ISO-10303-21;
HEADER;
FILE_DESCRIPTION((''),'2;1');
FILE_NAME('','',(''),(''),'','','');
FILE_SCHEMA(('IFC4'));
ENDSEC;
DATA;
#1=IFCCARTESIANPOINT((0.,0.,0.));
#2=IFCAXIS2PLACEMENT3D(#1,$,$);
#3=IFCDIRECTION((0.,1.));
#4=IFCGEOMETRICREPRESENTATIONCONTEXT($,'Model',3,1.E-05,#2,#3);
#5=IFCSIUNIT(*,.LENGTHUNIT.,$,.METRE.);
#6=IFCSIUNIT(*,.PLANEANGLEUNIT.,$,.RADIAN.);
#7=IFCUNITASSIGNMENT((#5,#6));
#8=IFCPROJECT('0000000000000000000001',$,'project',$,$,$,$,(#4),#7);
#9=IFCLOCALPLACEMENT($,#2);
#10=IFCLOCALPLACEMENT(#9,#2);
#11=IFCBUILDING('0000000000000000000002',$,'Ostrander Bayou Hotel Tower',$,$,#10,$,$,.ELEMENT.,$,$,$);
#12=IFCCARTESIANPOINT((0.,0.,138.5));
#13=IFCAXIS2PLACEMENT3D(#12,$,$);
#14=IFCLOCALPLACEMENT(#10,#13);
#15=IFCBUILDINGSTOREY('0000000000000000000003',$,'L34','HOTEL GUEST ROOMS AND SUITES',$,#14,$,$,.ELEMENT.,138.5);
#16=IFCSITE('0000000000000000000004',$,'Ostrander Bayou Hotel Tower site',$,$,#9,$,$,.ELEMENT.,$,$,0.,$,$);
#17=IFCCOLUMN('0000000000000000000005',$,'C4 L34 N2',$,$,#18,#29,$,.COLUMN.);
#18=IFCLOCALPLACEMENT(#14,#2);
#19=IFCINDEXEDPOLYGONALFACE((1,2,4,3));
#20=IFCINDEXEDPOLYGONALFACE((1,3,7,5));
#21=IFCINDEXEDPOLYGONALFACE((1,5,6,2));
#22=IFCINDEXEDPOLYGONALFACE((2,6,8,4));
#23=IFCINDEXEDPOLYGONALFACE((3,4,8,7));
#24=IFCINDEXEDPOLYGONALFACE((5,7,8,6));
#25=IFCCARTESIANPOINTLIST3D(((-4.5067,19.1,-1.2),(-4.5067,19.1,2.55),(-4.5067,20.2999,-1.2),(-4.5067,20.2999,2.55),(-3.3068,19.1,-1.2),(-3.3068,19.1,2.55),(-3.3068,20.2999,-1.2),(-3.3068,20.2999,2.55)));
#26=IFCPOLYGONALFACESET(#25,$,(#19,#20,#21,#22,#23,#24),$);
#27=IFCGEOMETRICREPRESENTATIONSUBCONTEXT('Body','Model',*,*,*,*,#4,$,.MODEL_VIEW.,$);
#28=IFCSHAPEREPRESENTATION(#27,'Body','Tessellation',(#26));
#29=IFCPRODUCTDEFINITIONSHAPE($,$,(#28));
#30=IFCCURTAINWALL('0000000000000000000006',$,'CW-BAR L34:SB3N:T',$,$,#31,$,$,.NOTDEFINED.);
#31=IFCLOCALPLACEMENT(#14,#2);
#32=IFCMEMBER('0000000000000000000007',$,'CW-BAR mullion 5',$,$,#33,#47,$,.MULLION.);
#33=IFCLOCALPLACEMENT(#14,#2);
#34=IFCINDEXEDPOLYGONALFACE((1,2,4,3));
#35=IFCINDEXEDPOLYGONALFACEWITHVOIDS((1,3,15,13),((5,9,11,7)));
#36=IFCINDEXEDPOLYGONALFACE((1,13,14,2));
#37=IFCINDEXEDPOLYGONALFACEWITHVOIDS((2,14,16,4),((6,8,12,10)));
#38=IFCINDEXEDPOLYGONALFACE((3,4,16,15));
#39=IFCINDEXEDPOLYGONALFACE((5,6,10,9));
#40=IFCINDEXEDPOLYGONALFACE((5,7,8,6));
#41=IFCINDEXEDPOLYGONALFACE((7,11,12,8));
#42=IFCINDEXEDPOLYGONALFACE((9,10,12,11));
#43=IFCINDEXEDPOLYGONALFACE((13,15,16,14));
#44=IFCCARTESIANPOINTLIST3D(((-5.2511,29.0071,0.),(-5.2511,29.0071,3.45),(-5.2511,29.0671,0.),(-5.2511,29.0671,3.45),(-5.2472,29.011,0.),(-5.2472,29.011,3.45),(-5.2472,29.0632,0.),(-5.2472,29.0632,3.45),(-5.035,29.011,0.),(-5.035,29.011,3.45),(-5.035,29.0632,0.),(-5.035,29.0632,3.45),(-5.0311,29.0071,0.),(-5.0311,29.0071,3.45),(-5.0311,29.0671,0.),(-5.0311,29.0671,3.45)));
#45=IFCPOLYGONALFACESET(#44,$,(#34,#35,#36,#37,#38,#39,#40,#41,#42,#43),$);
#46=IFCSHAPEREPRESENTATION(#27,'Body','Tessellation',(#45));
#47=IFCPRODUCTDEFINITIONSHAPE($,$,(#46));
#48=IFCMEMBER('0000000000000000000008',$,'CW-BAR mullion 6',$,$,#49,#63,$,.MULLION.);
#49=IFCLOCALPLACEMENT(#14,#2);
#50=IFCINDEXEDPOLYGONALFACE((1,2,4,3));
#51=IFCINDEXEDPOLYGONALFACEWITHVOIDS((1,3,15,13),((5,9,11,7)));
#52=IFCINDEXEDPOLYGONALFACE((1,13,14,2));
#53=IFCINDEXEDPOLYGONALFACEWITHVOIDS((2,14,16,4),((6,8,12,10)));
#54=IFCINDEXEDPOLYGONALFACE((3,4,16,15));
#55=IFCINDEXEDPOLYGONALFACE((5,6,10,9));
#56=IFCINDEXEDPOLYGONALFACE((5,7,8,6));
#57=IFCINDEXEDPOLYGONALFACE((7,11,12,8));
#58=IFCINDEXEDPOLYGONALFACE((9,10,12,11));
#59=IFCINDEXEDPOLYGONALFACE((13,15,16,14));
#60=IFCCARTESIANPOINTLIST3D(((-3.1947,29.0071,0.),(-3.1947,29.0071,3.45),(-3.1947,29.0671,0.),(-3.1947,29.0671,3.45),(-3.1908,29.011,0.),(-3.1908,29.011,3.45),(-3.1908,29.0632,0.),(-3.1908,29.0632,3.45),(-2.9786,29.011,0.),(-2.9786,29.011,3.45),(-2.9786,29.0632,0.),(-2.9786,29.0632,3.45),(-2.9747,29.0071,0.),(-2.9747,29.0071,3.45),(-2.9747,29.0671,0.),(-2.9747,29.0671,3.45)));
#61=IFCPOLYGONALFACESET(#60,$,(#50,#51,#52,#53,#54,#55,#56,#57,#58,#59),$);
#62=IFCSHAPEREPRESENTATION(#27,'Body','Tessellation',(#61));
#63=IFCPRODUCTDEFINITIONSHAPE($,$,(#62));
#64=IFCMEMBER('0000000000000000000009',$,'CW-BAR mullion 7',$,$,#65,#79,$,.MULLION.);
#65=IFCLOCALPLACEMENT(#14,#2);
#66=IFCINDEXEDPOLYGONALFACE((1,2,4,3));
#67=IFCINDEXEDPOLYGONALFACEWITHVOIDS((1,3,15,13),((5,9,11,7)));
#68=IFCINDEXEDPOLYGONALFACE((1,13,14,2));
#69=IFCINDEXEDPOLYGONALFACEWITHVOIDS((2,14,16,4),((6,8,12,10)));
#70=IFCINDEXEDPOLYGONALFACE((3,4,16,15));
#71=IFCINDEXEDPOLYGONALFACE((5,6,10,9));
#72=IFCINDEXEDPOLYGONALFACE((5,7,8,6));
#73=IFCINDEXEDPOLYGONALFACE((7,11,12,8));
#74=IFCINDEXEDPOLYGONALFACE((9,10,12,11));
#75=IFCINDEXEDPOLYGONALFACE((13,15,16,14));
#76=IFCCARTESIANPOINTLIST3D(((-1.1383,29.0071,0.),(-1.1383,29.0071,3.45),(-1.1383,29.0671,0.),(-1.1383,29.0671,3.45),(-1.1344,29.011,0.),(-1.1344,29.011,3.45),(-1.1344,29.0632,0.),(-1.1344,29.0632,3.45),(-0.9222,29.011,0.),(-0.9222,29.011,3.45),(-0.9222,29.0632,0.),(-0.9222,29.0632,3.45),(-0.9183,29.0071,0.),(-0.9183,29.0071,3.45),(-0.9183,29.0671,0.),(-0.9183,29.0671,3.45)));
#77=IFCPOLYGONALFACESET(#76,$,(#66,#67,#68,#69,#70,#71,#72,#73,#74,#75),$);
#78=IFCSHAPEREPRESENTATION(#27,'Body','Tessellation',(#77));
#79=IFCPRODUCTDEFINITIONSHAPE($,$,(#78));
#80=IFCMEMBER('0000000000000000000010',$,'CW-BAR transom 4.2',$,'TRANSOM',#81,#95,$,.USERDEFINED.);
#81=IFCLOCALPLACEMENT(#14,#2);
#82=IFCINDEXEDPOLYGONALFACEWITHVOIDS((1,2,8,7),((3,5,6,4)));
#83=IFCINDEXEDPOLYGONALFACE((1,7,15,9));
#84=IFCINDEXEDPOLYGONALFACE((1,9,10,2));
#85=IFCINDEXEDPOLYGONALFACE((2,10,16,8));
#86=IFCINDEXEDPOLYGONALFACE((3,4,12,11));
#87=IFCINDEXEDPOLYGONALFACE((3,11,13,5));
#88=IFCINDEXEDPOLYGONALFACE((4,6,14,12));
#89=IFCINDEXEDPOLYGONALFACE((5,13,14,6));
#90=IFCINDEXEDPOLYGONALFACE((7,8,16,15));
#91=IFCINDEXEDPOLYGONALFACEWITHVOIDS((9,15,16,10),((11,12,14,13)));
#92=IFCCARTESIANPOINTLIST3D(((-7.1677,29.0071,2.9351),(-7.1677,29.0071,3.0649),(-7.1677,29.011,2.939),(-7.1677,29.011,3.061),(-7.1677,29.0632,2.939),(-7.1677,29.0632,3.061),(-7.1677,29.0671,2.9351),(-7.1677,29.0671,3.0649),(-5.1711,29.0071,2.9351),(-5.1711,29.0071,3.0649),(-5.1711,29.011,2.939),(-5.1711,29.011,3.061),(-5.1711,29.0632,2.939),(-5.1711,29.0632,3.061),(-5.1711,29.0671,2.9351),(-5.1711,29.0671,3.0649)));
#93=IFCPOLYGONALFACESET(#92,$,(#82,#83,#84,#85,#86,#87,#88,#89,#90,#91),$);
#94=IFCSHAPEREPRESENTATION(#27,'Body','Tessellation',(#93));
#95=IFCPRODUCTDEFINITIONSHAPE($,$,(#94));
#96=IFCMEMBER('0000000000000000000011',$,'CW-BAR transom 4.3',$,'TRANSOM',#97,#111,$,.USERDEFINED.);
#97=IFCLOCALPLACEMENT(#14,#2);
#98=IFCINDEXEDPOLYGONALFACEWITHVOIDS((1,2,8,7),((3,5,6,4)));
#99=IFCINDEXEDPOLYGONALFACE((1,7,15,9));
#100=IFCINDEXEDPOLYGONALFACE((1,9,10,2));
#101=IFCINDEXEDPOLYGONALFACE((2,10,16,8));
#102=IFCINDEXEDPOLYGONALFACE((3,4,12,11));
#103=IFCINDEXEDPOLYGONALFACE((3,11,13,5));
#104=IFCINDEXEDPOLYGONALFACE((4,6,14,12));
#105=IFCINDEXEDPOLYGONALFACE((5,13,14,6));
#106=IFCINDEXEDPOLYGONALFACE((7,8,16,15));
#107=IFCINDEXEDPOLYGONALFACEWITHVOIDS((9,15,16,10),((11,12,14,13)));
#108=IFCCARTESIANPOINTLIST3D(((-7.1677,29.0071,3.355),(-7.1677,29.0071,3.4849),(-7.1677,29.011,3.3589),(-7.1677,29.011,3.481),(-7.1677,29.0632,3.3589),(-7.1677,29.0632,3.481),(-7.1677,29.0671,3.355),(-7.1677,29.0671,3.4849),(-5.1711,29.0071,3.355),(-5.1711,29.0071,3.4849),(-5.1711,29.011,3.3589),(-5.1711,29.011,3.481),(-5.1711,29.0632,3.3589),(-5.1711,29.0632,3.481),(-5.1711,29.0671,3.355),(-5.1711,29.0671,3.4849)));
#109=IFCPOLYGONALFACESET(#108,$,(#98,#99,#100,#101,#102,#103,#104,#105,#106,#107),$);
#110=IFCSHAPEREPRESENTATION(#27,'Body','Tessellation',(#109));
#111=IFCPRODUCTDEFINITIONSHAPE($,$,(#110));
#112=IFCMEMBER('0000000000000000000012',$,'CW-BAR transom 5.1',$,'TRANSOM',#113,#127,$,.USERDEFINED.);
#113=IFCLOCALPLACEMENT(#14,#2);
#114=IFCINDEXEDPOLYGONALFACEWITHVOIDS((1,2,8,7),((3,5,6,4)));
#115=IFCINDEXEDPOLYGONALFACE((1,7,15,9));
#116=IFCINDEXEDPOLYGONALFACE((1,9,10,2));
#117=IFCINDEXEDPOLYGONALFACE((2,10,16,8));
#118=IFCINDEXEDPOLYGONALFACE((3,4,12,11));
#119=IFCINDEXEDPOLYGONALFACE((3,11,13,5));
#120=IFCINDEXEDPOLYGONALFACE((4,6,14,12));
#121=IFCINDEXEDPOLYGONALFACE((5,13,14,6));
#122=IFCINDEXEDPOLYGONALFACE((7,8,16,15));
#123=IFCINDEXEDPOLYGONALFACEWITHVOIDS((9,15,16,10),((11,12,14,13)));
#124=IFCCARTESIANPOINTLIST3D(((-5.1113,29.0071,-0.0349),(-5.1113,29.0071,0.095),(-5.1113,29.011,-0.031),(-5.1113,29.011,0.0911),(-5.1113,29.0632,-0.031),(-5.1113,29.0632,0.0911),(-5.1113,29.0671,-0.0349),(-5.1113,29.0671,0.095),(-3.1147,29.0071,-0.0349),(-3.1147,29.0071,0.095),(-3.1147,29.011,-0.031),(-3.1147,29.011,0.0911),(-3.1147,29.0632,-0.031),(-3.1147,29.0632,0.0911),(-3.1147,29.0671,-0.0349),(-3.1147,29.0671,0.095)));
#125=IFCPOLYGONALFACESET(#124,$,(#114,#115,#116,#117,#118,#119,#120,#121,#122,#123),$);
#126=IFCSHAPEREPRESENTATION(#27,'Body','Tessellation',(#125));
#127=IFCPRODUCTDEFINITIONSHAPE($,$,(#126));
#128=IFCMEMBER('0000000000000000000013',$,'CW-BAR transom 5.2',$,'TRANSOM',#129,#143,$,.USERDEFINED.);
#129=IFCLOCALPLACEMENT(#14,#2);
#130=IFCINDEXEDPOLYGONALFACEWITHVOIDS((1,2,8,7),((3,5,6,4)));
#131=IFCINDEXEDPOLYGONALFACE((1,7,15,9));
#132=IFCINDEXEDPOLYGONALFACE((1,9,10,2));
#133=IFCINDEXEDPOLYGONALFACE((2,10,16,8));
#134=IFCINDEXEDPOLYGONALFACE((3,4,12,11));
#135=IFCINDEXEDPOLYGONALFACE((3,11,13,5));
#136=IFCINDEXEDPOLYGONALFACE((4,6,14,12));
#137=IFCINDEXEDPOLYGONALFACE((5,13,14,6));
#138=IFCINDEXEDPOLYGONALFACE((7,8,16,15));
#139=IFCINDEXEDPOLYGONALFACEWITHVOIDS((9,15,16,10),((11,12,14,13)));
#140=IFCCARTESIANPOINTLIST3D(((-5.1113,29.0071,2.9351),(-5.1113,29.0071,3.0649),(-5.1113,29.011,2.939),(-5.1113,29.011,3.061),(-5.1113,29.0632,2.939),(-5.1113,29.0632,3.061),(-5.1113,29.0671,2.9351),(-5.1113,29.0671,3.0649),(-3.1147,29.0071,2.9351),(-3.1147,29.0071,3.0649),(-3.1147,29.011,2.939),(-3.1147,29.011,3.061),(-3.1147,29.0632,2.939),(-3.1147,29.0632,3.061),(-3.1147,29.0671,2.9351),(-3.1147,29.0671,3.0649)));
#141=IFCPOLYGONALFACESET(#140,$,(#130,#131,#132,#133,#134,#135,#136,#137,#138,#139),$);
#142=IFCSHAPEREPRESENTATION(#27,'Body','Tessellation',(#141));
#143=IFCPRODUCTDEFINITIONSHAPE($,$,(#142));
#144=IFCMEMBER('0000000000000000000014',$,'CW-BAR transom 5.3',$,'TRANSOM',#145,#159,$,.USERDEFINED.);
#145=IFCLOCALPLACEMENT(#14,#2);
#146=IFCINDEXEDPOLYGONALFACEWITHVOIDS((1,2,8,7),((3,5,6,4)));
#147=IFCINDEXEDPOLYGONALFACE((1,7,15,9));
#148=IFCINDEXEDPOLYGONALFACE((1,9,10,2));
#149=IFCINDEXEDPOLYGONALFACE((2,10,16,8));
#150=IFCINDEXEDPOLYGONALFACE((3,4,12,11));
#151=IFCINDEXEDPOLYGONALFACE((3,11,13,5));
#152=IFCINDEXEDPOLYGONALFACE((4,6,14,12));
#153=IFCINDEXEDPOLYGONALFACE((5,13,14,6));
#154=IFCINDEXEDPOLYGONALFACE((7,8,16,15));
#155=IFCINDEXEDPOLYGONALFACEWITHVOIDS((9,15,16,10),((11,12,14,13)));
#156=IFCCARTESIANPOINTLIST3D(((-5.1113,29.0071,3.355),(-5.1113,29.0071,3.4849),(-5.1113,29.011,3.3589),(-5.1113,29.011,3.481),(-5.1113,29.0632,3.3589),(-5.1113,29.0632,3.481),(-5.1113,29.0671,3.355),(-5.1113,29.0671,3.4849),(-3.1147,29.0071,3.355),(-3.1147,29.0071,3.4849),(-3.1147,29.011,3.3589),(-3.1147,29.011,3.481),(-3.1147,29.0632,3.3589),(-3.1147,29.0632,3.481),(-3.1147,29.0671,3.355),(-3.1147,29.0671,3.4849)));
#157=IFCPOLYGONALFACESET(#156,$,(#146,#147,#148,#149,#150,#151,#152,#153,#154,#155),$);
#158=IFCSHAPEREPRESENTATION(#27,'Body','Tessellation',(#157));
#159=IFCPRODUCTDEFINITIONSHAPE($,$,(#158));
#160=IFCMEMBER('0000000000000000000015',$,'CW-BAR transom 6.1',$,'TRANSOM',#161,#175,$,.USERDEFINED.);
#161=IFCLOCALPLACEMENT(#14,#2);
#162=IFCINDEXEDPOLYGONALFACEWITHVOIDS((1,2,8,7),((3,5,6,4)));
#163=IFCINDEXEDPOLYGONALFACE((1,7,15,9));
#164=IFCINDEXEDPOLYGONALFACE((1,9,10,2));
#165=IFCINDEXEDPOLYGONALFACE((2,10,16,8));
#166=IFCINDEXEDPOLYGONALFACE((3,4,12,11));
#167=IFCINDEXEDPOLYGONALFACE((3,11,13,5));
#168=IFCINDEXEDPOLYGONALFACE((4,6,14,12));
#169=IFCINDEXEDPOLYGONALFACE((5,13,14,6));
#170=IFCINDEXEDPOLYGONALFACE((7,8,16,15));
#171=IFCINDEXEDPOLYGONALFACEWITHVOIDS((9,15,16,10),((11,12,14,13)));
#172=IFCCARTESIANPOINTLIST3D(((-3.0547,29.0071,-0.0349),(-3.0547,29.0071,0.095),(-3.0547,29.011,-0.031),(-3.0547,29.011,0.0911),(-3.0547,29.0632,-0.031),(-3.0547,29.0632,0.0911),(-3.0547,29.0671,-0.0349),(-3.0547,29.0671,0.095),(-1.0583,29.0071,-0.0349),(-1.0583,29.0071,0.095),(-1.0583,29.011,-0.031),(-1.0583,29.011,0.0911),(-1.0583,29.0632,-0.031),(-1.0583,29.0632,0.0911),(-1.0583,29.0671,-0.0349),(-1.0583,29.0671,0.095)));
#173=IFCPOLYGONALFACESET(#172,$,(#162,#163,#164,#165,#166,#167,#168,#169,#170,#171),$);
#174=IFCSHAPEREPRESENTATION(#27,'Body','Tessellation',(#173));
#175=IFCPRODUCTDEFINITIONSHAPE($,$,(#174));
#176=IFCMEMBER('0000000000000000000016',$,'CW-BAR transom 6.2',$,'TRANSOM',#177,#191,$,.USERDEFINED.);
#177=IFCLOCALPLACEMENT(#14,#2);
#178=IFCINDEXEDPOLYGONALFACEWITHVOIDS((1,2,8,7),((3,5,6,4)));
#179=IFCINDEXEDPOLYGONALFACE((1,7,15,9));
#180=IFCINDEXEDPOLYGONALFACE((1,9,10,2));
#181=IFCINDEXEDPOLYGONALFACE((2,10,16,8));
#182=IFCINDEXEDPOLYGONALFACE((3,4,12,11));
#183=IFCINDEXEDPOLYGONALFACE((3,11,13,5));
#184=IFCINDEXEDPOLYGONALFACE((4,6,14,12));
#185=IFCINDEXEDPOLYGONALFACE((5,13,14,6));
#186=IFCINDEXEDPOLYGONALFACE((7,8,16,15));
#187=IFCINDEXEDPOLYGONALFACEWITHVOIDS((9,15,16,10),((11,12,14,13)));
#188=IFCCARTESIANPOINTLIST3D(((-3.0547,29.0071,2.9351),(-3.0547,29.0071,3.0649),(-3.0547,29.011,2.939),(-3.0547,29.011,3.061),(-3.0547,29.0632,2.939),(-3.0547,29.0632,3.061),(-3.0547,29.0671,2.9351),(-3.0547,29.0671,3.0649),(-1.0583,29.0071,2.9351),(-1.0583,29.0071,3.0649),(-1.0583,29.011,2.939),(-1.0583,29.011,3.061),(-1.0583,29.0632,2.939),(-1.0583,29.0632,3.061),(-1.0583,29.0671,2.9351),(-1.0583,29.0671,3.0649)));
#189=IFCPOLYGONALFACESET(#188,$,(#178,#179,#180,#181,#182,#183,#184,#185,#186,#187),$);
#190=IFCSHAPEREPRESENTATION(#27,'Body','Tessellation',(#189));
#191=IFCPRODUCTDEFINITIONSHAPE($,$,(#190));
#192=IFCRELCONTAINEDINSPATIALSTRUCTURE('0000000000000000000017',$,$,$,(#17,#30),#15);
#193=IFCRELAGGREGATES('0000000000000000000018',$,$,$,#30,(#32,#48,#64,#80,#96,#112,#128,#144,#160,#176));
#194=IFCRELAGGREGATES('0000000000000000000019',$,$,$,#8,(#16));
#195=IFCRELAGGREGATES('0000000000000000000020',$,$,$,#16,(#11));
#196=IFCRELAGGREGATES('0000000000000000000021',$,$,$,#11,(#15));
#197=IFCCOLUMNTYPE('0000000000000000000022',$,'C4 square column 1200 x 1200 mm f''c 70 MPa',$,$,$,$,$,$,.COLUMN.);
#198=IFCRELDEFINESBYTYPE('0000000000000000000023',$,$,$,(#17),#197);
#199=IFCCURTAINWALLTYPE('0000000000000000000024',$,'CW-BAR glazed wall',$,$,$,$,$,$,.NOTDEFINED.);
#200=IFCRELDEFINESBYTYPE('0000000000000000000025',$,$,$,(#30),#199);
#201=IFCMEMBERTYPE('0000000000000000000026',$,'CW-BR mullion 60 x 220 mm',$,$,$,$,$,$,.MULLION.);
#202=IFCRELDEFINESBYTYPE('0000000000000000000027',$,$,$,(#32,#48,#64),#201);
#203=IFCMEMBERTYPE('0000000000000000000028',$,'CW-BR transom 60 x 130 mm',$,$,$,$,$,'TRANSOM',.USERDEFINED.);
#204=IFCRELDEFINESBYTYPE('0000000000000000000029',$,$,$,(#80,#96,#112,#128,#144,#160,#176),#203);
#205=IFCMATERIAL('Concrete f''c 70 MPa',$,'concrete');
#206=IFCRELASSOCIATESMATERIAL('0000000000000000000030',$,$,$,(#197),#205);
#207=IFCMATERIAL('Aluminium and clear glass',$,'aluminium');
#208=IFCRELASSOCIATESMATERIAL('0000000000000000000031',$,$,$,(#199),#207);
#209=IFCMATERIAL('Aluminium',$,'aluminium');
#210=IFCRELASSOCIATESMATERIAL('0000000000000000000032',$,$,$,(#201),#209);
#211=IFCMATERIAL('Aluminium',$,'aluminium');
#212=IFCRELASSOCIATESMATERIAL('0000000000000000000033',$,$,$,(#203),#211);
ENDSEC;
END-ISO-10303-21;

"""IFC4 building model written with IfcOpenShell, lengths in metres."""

from ifc_helpers import new_model, si_unit, direction, frame, origin, origin_2d, place, context, subcontext, project, spatial, rectangle, hollow_rectangle, extrude, material, material_profile, profile_set, type_object, element, aggregate, save


model = new_model("IFC4")

# Units and contexts
model_context = context("Model", 3, precision=1e-05, world=origin(), true_north=direction((0.0, 1.0)))
body_context = subcontext(model_context, "Body", "Model", "MODEL_VIEW")
ifc_project = project(units=[si_unit("LENGTHUNIT", "METRE"), si_unit("PLANEANGLEUNIT", "RADIAN")], contexts=[model_context])

# Site, building, storey
site_placement = place(None, origin())
site = spatial("IfcSite", under=ifc_project, at=site_placement, Name="Ostrander Bayou Hotel Tower site", CompositionType="ELEMENT", RefElevation=0.0)
building_placement = place(site_placement, origin())
building = spatial("IfcBuilding", under=site, at=building_placement, Name="Ostrander Bayou Hotel Tower", CompositionType="ELEMENT")
storey_placement = place(building_placement, frame((0.0, 0.0, 138.5)))
storey = spatial("IfcBuildingStorey", under=building, at=storey_placement, Name="L34", Description="HOTEL GUEST ROOMS AND SUITES", CompositionType="ELEMENT", Elevation=138.5)

# Column
ifc_material_1 = material(Name="Concrete f'c 70 MPa", Category="concrete")
ifc_material_profile_1 = material_profile(ifc_material_1, rectangle(XDim=1.2, YDim=1.2, at=origin_2d()))
ifc_profile_set_1 = profile_set([ifc_material_profile_1], Name="Concrete f'c 70 MPa")
column_type = type_object("IfcColumnType", Name="C4 square column 1200 x 1200 mm f'c 70 MPa", PredefinedType="COLUMN", material=ifc_profile_set_1)
column_placement = place(storey_placement, frame((-3.9067, 19.7, -1.2), z_axis=(0.0, 0.0, 1.0), x_axis=(1.0, 0.0, 0.0)))
element("IfcColumn", 1, at=column_placement, inside=storey, type_object=column_type, Name="C4 L34 N2", PredefinedType="COLUMN", context=body_context, shape_type="SweptSolid", body=[
    extrude(rectangle(XDim=1.2, YDim=1.2, at=origin_2d()), origin(), (0.0, 0.0, 1.0), 3.75),
])

# Curtain wall, members
ifc_material_2 = material(Name="Aluminium and clear glass", Category="aluminium")
curtain_wall_type = type_object("IfcCurtainWallType", Name="CW-BAR glazed wall", PredefinedType="NOTDEFINED", material=ifc_material_2)
curtain_wall_placement = place(storey_placement, origin())
curtain_wall = element("IfcCurtainWall", 2, at=curtain_wall_placement, inside=storey, type_object=curtain_wall_type, Name="CW-BAR L34:SB3N:T", PredefinedType="NOTDEFINED")
ifc_material_3 = material(Name="Aluminium", Category="aluminium")
ifc_material_profile_2 = material_profile(ifc_material_3, hollow_rectangle(XDim=0.0601, YDim=0.22, WallThickness=0.0039, at=origin_2d()))
ifc_profile_set_2 = profile_set([ifc_material_profile_2], Name="Aluminium")
member_type_1 = type_object("IfcMemberType", Name="CW-BR mullion 60 x 220 mm", PredefinedType="MULLION", material=ifc_profile_set_2)
member_1_placement = place(storey_placement, frame((-5.1411, 29.0371, 0.0), z_axis=(0.0, 0.0, 1.0), x_axis=(0.0, 1.0, 0.0)))
member_1 = element("IfcMember", 3, at=member_1_placement, type_object=member_type_1, Name="CW-BAR mullion 5", PredefinedType="MULLION", context=body_context, shape_type="SweptSolid", body=[
    extrude(hollow_rectangle(XDim=0.0601, YDim=0.22, WallThickness=0.0039, at=origin_2d()), origin(), (0.0, 0.0, 1.0), 3.45),
])
member_2_placement = place(storey_placement, frame((-3.0847, 29.0371, 0.0), z_axis=(0.0, 0.0, 1.0), x_axis=(0.0, 1.0, 0.0)))
member_2 = element("IfcMember", 4, at=member_2_placement, type_object=member_type_1, Name="CW-BAR mullion 6", PredefinedType="MULLION", context=body_context, shape_type="SweptSolid", body=[
    extrude(hollow_rectangle(XDim=0.0601, YDim=0.22, WallThickness=0.0039, at=origin_2d()), origin(), (0.0, 0.0, 1.0), 3.45),
])
member_3_placement = place(storey_placement, frame((-1.0283, 29.0371, 0.0), z_axis=(0.0, 0.0, 1.0), x_axis=(0.0, 1.0, 0.0)))
member_3 = element("IfcMember", 5, at=member_3_placement, type_object=member_type_1, Name="CW-BAR mullion 7", PredefinedType="MULLION", context=body_context, shape_type="SweptSolid", body=[
    extrude(hollow_rectangle(XDim=0.0601, YDim=0.22, WallThickness=0.0039, at=origin_2d()), origin(), (0.0, 0.0, 1.0), 3.45),
])
ifc_material_4 = material(Name="Aluminium", Category="aluminium")
ifc_material_profile_3 = material_profile(ifc_material_4, hollow_rectangle(XDim=0.0601, YDim=0.1299, WallThickness=0.0039, at=origin_2d()))
ifc_profile_set_3 = profile_set([ifc_material_profile_3], Name="Aluminium")
member_type_2 = type_object("IfcMemberType", Name="CW-BR transom 60 x 130 mm", ElementType="TRANSOM", PredefinedType="USERDEFINED", material=ifc_profile_set_3)
member_4_placement = place(storey_placement, frame((-7.1677, 29.0371, 3.0), z_axis=(1.0, 0.0, 0.0), x_axis=(0.0, 1.0, 0.0)))
member_4 = element("IfcMember", 6, at=member_4_placement, type_object=member_type_2, Name="CW-BAR transom 4.2", ObjectType="TRANSOM", PredefinedType="USERDEFINED", context=body_context, shape_type="SweptSolid", body=[
    extrude(hollow_rectangle(XDim=0.0601, YDim=0.1299, WallThickness=0.0039, at=origin_2d()), origin(), (0.0, 0.0, 1.0), 1.9966),
])
member_5_placement = place(storey_placement, frame((-7.1677, 29.0371, 3.4199), z_axis=(1.0, 0.0, 0.0), x_axis=(0.0, 1.0, 0.0)))
member_5 = element("IfcMember", 7, at=member_5_placement, type_object=member_type_2, Name="CW-BAR transom 4.3", ObjectType="TRANSOM", PredefinedType="USERDEFINED", context=body_context, shape_type="SweptSolid", body=[
    extrude(hollow_rectangle(XDim=0.0601, YDim=0.1299, WallThickness=0.0039, at=origin_2d()), origin(), (0.0, 0.0, 1.0), 1.9966),
])
member_6_placement = place(storey_placement, frame((-5.1113, 29.0371, 0.03), z_axis=(1.0, 0.0, 0.0), x_axis=(0.0, 1.0, 0.0)))
member_6 = element("IfcMember", 8, at=member_6_placement, type_object=member_type_2, Name="CW-BAR transom 5.1", ObjectType="TRANSOM", PredefinedType="USERDEFINED", context=body_context, shape_type="SweptSolid", body=[
    extrude(hollow_rectangle(XDim=0.0601, YDim=0.1299, WallThickness=0.0039, at=origin_2d()), origin(), (0.0, 0.0, 1.0), 1.9966),
])
member_7_placement = place(storey_placement, frame((-5.1113, 29.0371, 3.0), z_axis=(1.0, 0.0, 0.0), x_axis=(0.0, 1.0, 0.0)))
member_7 = element("IfcMember", 9, at=member_7_placement, type_object=member_type_2, Name="CW-BAR transom 5.2", ObjectType="TRANSOM", PredefinedType="USERDEFINED", context=body_context, shape_type="SweptSolid", body=[
    extrude(hollow_rectangle(XDim=0.0601, YDim=0.1299, WallThickness=0.0039, at=origin_2d()), origin(), (0.0, 0.0, 1.0), 1.9966),
])
member_8_placement = place(storey_placement, frame((-5.1113, 29.0371, 3.4199), z_axis=(1.0, 0.0, 0.0), x_axis=(0.0, 1.0, 0.0)))
member_8 = element("IfcMember", 10, at=member_8_placement, type_object=member_type_2, Name="CW-BAR transom 5.3", ObjectType="TRANSOM", PredefinedType="USERDEFINED", context=body_context, shape_type="SweptSolid", body=[
    extrude(hollow_rectangle(XDim=0.0601, YDim=0.1299, WallThickness=0.0039, at=origin_2d()), origin(), (0.0, 0.0, 1.0), 1.9966),
])
member_9_placement = place(storey_placement, frame((-3.0547, 29.0371, 0.03), z_axis=(1.0, 0.0, 0.0), x_axis=(0.0, 1.0, 0.0)))
member_9 = element("IfcMember", 11, at=member_9_placement, type_object=member_type_2, Name="CW-BAR transom 6.1", ObjectType="TRANSOM", PredefinedType="USERDEFINED", context=body_context, shape_type="SweptSolid", body=[
    extrude(hollow_rectangle(XDim=0.0601, YDim=0.1299, WallThickness=0.0039, at=origin_2d()), origin(), (0.0, 0.0, 1.0), 1.9963),
])
member_10_placement = place(storey_placement, frame((-3.0547, 29.0371, 3.0), z_axis=(1.0, 0.0, 0.0), x_axis=(0.0, 1.0, 0.0)))
member_10 = element("IfcMember", 12, at=member_10_placement, type_object=member_type_2, Name="CW-BAR transom 6.2", ObjectType="TRANSOM", PredefinedType="USERDEFINED", context=body_context, shape_type="SweptSolid", body=[
    extrude(hollow_rectangle(XDim=0.0601, YDim=0.1299, WallThickness=0.0039, at=origin_2d()), origin(), (0.0, 0.0, 1.0), 1.9963),
])
aggregate(curtain_wall, [member_1, member_2, member_3, member_4, member_5, member_6, member_7, member_8, member_9, member_10])

save(model, "model.ifc")
